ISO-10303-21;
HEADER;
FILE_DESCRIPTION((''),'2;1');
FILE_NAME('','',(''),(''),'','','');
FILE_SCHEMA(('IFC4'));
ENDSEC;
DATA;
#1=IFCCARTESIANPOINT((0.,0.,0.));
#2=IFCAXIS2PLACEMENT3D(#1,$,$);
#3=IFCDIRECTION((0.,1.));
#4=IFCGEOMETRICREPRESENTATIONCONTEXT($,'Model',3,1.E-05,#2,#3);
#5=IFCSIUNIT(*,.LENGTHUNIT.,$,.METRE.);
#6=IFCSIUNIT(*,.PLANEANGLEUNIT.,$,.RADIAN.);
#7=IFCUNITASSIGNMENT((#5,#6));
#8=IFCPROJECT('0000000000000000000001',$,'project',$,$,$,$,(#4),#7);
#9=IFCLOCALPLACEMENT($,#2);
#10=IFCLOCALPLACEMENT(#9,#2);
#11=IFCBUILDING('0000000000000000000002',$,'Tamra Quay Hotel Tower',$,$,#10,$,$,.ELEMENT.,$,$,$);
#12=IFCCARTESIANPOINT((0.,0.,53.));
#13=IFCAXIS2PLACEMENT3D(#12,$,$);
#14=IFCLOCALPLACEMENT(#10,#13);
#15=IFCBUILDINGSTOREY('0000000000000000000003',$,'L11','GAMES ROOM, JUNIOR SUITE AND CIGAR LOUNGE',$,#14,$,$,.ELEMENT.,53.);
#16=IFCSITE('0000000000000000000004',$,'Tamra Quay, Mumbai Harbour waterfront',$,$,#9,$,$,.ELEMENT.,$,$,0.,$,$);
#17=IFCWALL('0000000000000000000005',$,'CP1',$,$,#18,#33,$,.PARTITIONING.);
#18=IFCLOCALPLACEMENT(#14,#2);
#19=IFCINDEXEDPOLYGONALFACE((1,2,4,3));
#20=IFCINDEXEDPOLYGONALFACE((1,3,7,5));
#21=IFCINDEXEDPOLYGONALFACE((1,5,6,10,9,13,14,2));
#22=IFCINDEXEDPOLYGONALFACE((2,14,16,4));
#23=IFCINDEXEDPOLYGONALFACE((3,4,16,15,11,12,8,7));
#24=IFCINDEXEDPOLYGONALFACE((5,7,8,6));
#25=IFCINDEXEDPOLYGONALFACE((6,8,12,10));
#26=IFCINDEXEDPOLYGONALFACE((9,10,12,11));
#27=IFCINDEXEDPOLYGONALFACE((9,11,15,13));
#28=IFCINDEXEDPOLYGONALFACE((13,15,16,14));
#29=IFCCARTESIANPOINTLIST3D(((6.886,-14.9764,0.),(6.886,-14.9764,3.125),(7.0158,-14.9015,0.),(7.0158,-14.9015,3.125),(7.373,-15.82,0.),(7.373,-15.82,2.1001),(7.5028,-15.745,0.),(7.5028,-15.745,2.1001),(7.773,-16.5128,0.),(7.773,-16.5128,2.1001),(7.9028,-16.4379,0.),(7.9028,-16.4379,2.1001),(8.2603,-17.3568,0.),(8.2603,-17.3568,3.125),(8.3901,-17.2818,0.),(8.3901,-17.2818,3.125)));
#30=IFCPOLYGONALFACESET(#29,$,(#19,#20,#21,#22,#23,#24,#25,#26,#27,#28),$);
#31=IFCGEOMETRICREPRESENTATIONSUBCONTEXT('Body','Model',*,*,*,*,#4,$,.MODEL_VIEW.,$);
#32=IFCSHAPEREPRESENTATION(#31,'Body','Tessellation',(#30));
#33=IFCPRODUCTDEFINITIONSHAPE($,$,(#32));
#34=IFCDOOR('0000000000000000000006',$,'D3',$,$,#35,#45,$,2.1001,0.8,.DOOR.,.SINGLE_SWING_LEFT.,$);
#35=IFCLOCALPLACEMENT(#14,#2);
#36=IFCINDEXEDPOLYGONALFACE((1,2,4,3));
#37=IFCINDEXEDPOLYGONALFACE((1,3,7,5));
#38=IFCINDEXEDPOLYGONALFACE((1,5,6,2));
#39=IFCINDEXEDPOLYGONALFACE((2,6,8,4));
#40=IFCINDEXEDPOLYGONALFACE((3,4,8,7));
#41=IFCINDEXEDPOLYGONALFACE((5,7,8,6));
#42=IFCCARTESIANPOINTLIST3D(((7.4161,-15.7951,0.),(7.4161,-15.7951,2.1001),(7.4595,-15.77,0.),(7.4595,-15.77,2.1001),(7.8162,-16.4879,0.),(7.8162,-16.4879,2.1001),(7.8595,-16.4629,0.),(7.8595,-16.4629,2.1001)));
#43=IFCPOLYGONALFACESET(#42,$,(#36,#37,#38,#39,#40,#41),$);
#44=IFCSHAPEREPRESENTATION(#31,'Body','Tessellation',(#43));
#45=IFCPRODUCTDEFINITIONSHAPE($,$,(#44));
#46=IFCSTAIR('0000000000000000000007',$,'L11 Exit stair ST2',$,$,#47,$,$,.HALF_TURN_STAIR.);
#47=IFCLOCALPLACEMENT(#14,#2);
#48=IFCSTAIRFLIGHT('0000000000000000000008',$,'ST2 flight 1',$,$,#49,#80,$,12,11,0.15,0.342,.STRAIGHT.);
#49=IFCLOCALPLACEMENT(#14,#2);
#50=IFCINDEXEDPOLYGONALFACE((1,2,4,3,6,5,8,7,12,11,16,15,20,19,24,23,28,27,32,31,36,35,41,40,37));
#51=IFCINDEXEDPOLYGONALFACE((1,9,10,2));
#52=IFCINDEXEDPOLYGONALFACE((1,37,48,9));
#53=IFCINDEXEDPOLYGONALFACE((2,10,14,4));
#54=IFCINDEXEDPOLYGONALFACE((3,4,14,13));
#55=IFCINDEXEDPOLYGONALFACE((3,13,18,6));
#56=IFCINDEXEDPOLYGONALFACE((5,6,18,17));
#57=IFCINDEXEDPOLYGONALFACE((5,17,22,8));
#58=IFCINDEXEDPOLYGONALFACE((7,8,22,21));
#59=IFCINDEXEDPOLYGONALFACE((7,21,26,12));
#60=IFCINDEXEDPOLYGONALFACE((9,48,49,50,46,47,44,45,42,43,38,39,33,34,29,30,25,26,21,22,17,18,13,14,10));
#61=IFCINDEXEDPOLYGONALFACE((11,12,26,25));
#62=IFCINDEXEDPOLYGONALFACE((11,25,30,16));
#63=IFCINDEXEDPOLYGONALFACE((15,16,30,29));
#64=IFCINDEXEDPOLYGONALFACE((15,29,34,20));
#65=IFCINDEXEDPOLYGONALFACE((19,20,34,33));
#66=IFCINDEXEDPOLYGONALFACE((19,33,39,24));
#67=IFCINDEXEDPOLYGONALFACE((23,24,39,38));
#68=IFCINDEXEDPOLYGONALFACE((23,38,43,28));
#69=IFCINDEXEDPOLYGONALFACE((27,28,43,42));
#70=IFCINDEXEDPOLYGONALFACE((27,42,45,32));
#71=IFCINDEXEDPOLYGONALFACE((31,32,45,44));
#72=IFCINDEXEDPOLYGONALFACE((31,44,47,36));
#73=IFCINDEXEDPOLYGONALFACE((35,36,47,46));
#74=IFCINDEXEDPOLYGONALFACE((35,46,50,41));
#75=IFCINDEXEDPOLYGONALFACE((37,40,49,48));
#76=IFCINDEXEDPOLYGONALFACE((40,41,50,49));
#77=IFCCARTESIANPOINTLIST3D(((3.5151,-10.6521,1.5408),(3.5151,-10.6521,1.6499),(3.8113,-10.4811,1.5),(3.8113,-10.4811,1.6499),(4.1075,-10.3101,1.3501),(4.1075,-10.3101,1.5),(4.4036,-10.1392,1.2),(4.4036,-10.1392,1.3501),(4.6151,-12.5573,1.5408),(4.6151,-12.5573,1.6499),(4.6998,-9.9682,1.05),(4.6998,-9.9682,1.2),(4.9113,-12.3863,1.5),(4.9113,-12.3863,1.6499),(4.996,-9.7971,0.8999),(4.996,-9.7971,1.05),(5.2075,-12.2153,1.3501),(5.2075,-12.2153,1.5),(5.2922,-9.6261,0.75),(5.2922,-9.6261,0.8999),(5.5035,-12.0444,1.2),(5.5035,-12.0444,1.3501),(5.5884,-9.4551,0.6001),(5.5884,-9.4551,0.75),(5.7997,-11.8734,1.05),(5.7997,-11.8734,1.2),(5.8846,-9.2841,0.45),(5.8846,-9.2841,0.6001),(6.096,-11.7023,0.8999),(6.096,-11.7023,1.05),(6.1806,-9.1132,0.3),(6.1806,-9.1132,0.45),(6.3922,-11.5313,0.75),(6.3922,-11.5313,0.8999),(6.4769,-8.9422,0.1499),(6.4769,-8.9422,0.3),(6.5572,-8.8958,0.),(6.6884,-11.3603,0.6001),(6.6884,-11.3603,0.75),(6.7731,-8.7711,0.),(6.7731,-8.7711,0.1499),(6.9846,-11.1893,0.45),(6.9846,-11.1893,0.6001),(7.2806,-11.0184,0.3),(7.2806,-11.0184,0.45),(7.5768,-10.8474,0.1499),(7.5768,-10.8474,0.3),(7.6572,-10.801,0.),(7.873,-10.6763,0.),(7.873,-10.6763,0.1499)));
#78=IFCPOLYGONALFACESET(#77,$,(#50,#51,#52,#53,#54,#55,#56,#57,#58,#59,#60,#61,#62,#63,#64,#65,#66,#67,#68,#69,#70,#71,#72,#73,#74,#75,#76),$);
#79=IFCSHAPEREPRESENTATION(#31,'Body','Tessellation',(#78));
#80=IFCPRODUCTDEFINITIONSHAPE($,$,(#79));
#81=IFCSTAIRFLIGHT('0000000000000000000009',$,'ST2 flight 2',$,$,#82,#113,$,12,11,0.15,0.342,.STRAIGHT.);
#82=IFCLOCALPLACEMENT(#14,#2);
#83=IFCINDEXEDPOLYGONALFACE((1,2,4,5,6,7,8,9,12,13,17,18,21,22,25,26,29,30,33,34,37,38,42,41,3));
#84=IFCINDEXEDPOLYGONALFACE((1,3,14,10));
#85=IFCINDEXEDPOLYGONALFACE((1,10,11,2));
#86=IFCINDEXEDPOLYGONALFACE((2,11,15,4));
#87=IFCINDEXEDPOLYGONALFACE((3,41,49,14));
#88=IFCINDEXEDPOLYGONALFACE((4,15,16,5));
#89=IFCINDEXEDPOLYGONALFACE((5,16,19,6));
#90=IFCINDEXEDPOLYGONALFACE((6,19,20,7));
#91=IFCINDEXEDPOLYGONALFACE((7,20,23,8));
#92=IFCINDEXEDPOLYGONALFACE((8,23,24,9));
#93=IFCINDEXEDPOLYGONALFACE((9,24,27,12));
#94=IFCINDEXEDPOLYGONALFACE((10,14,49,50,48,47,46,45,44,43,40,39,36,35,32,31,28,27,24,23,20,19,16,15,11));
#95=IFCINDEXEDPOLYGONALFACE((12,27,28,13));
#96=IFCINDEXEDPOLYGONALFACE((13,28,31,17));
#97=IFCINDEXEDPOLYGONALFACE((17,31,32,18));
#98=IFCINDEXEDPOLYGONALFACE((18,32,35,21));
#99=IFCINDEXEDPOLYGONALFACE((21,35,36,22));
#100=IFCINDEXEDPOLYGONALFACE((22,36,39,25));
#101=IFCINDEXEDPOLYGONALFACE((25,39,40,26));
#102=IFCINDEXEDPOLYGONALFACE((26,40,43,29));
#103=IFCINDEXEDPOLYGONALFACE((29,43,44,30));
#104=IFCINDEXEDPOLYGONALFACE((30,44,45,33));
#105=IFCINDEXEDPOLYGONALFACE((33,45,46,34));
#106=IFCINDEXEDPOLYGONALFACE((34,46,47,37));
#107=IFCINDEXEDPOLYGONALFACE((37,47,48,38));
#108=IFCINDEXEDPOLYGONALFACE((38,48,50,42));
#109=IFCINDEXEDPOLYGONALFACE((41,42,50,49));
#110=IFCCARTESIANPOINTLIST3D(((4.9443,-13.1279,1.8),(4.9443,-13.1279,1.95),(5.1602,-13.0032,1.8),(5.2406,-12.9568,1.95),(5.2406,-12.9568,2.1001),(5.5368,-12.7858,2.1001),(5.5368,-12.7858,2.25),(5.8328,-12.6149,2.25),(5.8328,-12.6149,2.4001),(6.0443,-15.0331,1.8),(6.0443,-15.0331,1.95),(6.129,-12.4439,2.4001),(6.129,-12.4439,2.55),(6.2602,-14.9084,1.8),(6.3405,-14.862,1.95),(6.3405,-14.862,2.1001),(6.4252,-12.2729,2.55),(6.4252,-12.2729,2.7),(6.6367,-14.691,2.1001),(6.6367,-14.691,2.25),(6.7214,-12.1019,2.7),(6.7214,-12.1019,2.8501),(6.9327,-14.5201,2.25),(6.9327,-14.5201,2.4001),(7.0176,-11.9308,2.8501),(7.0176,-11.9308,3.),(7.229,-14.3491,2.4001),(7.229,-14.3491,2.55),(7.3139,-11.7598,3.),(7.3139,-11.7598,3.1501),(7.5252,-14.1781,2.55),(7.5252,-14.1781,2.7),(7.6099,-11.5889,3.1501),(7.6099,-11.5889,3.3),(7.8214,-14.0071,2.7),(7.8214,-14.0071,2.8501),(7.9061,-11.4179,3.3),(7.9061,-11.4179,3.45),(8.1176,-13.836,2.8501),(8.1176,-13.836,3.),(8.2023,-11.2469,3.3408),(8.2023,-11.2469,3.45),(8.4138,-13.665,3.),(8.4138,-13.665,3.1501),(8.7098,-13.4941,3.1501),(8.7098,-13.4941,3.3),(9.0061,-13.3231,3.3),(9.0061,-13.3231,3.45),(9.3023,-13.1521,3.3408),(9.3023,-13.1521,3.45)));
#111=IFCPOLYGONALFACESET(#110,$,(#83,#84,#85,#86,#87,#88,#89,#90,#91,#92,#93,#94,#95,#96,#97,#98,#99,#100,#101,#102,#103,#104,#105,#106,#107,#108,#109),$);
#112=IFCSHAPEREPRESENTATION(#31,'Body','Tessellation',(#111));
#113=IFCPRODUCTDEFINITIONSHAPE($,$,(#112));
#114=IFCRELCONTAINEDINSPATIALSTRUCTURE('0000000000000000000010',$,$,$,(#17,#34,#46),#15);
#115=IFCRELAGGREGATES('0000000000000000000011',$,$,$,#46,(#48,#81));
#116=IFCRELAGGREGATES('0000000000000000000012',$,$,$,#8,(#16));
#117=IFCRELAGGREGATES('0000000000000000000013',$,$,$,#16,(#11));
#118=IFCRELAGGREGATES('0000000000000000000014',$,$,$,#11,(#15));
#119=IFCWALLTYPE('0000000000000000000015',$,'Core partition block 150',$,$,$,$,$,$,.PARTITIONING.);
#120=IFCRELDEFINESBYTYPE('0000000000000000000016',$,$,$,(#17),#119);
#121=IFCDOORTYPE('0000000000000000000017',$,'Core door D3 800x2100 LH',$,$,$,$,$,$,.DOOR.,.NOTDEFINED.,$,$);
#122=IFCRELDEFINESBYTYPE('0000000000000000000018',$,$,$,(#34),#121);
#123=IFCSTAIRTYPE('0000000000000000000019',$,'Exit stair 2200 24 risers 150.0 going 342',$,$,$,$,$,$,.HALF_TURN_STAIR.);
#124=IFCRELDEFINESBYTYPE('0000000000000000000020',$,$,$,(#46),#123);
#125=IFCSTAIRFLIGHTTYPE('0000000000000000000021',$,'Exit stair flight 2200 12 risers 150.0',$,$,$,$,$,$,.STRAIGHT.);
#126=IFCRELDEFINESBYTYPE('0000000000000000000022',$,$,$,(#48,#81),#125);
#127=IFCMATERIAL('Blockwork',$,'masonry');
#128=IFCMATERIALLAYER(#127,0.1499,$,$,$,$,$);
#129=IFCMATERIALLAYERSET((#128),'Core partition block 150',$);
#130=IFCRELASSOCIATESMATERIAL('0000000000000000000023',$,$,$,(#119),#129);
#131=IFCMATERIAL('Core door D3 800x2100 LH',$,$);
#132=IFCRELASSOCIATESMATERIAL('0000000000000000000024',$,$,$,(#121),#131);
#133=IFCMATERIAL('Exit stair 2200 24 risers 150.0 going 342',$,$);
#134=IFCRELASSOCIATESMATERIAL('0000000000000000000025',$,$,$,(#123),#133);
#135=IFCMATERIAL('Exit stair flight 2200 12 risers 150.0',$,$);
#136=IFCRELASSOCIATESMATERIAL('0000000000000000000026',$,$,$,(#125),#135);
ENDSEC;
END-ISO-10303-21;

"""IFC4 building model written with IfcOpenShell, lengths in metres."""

from ifc_helpers import new_model, si_unit, direction, frame, frame_2d, origin, place, context, subcontext, project, spatial, polyline, rectangle, outline, extrude, material, layer, layer_set, type_object, element, fill, aggregate, save


model = new_model("IFC4")

# Units and contexts
model_context = context("Model", 3, precision=1e-05, world=origin(), true_north=direction((0.0, 1.0)))
body_context = subcontext(model_context, "Body", "Model", "MODEL_VIEW")
ifc_project = project(units=[si_unit("LENGTHUNIT", "METRE"), si_unit("PLANEANGLEUNIT", "RADIAN")], contexts=[model_context])

# Site, building, storey
site_placement = place(None, origin())
site = spatial("IfcSite", under=ifc_project, at=site_placement, Name="Tamra Quay, Mumbai Harbour waterfront", CompositionType="ELEMENT", RefElevation=0.0)
building_placement = place(site_placement, origin())
building = spatial("IfcBuilding", under=site, at=building_placement, Name="Tamra Quay Hotel Tower", CompositionType="ELEMENT")
storey_placement = place(building_placement, frame((0.0, 0.0, 53.0)))
storey = spatial("IfcBuildingStorey", under=building, at=storey_placement, Name="L11", Description="GAMES ROOM, JUNIOR SUITE AND CIGAR LOUNGE", CompositionType="ELEMENT", Elevation=53.0)

# Shared definitions
ifc_material_1 = material(Name="Blockwork", Category="masonry")
ifc_layer_1 = layer(ifc_material_1, 0.1499)
ifc_layer_set_1 = layer_set([ifc_layer_1], Name="Core partition block 150")
wall_type_1 = type_object("IfcWallType", Name="Core partition block 150", PredefinedType="PARTITIONING", material=ifc_layer_set_1)

# Wall, opening, door
wall_1_placement = place(storey_placement, frame((6.9509, -14.939, 0.0), z_axis=(0.0, 0.0, 1.0), x_axis=(0.499989, -0.866032, 0.0)))
wall_1 = element("IfcWall", 1, at=wall_1_placement, inside=storey, type_object=wall_type_1, Name="CP1", PredefinedType="PARTITIONING", context=body_context, shape_type="SweptSolid", body=[
    extrude(rectangle(XDim=2.7485, YDim=0.1499, at=frame_2d((1.3743, 0.0))), origin(), (0.0, 0.0, 1.0), 3.125),
])
opening_1_placement = place(wall_1_placement, frame((0.9741, 0.0, 0.0)))
opening_1 = element("IfcOpeningElement", 2, at=opening_1_placement, cuts=wall_1, PredefinedType="OPENING", context=body_context, shape_type="SweptSolid", body=[
    extrude(rectangle(XDim=0.8, YDim=2.1001, at=frame_2d((0.3999, 1.05))), frame((0.0, 0.085, 0.0), z_axis=(0.0, -1.0, 0.0), x_axis=(1.0, 0.0, 0.0)), (0.0, 0.0, 1.0), 0.1699),
])
ifc_material_2 = material(Name="Core door D3 800x2100 LH")
door_type_1 = type_object("IfcDoorType", Name="Core door D3 800x2100 LH", OperationType="NOTDEFINED", PredefinedType="DOOR", material=ifc_material_2)
door_1_placement = place(opening_1_placement, origin())
door_1 = element("IfcDoor", 3, at=door_1_placement, inside=storey, type_object=door_type_1, Name="D3", OperationType="SINGLE_SWING_LEFT", OverallHeight=2.1001, OverallWidth=0.8, PredefinedType="DOOR", context=body_context, shape_type="SweptSolid", body=[
    extrude(rectangle(XDim=0.8, YDim=2.1001, at=frame_2d((0.3999, 1.05))), frame((0.0, 0.0249, 0.0), z_axis=(0.0, -1.0, 0.0), x_axis=(1.0, 0.0, 0.0)), (0.0, 0.0, 1.0), 0.05),
])
fill(opening_1, door_1)

# Stair, stair flights
ifc_material_3 = material(Name="Exit stair 2200 24 risers 150.0 going 342")
stair_type = type_object("IfcStairType", Name="Exit stair 2200 24 risers 150.0 going 342", PredefinedType="HALF_TURN_STAIR", material=ifc_material_3)
stair_placement = place(storey_placement, origin())
stair = element("IfcStair", 4, at=stair_placement, inside=storey, type_object=stair_type, Name="L11 Exit stair ST2", PredefinedType="HALF_TURN_STAIR")
ifc_material_4 = material(Name="Exit stair flight 2200 12 risers 150.0")
stair_flight_type = type_object("IfcStairFlightType", Name="Exit stair flight 2200 12 risers 150.0", PredefinedType="STRAIGHT", material=ifc_material_4)
stair_flight_1_placement = place(storey_placement, frame((7.323, -9.7236, 0.0), z_axis=(0.0, 0.0, 1.0), x_axis=(-0.866025, -0.5, 0.0)))
stair_flight_1 = element("IfcStairFlight", 5, at=stair_flight_1_placement, type_object=stair_flight_type, Name="ST2 flight 1", NumberOfRisers=12, NumberOfTreads=11, PredefinedType="STRAIGHT", RiserHeight=0.15, TreadLength=0.342, context=body_context, shape_type="SweptSolid", body=[
    extrude(outline(polyline([(0.0, 0.0), (0.0, 0.1499), (0.342, 0.1499), (0.342, 0.3), (0.6841, 0.3), (0.6841, 0.45), (1.0259, 0.45), (1.0259, 0.6001), (1.3679, 0.6001), (1.3679, 0.75), (1.71, 0.75), (1.71, 0.8999), (2.052, 0.8999), (2.052, 1.05), (2.394, 1.05), (2.394, 1.2), (2.7361, 1.2), (2.7361, 1.3501), (3.0779, 1.3501), (3.0779, 1.5), (3.4199, 1.5), (3.4199, 1.6499), (3.762, 1.6499), (3.762, 1.8), (3.762, 1.5408), (0.2493, 0.0), (0.0, 0.0)])), frame((0.0, 1.1001, 0.0), z_axis=(0.0, -1.0, 0.0), x_axis=(1.0, 0.0, 0.0)), (0.0, 0.0, 1.0), 2.2),
])
stair_flight_2_placement = place(storey_placement, frame((5.4944, -14.0806, 1.8), z_axis=(0.0, 0.0, 1.0), x_axis=(0.866025, 0.5, 0.0)))
stair_flight_2 = element("IfcStairFlight", 6, at=stair_flight_2_placement, type_object=stair_flight_type, Name="ST2 flight 2", NumberOfRisers=12, NumberOfTreads=11, PredefinedType="STRAIGHT", RiserHeight=0.15, TreadLength=0.342, context=body_context, shape_type="SweptSolid", body=[
    extrude(outline(polyline([(0.0, 0.0), (0.0, 0.1499), (0.342, 0.1499), (0.342, 0.3), (0.6841, 0.3), (0.6841, 0.45), (1.0259, 0.45), (1.0259, 0.6001), (1.3679, 0.6001), (1.3679, 0.75), (1.71, 0.75), (1.71, 0.8999), (2.052, 0.8999), (2.052, 1.05), (2.394, 1.05), (2.394, 1.2), (2.7361, 1.2), (2.7361, 1.3501), (3.0779, 1.3501), (3.0779, 1.5), (3.4199, 1.5), (3.4199, 1.6499), (3.762, 1.6499), (3.762, 1.8), (3.762, 1.5408), (0.2493, 0.0), (0.0, 0.0)])), frame((0.0, 1.1001, 0.0), z_axis=(0.0, -1.0, 0.0), x_axis=(1.0, 0.0, 0.0)), (0.0, 0.0, 1.0), 2.2),
])
aggregate(stair, [stair_flight_1, stair_flight_2])

save(model, "model.ifc")
